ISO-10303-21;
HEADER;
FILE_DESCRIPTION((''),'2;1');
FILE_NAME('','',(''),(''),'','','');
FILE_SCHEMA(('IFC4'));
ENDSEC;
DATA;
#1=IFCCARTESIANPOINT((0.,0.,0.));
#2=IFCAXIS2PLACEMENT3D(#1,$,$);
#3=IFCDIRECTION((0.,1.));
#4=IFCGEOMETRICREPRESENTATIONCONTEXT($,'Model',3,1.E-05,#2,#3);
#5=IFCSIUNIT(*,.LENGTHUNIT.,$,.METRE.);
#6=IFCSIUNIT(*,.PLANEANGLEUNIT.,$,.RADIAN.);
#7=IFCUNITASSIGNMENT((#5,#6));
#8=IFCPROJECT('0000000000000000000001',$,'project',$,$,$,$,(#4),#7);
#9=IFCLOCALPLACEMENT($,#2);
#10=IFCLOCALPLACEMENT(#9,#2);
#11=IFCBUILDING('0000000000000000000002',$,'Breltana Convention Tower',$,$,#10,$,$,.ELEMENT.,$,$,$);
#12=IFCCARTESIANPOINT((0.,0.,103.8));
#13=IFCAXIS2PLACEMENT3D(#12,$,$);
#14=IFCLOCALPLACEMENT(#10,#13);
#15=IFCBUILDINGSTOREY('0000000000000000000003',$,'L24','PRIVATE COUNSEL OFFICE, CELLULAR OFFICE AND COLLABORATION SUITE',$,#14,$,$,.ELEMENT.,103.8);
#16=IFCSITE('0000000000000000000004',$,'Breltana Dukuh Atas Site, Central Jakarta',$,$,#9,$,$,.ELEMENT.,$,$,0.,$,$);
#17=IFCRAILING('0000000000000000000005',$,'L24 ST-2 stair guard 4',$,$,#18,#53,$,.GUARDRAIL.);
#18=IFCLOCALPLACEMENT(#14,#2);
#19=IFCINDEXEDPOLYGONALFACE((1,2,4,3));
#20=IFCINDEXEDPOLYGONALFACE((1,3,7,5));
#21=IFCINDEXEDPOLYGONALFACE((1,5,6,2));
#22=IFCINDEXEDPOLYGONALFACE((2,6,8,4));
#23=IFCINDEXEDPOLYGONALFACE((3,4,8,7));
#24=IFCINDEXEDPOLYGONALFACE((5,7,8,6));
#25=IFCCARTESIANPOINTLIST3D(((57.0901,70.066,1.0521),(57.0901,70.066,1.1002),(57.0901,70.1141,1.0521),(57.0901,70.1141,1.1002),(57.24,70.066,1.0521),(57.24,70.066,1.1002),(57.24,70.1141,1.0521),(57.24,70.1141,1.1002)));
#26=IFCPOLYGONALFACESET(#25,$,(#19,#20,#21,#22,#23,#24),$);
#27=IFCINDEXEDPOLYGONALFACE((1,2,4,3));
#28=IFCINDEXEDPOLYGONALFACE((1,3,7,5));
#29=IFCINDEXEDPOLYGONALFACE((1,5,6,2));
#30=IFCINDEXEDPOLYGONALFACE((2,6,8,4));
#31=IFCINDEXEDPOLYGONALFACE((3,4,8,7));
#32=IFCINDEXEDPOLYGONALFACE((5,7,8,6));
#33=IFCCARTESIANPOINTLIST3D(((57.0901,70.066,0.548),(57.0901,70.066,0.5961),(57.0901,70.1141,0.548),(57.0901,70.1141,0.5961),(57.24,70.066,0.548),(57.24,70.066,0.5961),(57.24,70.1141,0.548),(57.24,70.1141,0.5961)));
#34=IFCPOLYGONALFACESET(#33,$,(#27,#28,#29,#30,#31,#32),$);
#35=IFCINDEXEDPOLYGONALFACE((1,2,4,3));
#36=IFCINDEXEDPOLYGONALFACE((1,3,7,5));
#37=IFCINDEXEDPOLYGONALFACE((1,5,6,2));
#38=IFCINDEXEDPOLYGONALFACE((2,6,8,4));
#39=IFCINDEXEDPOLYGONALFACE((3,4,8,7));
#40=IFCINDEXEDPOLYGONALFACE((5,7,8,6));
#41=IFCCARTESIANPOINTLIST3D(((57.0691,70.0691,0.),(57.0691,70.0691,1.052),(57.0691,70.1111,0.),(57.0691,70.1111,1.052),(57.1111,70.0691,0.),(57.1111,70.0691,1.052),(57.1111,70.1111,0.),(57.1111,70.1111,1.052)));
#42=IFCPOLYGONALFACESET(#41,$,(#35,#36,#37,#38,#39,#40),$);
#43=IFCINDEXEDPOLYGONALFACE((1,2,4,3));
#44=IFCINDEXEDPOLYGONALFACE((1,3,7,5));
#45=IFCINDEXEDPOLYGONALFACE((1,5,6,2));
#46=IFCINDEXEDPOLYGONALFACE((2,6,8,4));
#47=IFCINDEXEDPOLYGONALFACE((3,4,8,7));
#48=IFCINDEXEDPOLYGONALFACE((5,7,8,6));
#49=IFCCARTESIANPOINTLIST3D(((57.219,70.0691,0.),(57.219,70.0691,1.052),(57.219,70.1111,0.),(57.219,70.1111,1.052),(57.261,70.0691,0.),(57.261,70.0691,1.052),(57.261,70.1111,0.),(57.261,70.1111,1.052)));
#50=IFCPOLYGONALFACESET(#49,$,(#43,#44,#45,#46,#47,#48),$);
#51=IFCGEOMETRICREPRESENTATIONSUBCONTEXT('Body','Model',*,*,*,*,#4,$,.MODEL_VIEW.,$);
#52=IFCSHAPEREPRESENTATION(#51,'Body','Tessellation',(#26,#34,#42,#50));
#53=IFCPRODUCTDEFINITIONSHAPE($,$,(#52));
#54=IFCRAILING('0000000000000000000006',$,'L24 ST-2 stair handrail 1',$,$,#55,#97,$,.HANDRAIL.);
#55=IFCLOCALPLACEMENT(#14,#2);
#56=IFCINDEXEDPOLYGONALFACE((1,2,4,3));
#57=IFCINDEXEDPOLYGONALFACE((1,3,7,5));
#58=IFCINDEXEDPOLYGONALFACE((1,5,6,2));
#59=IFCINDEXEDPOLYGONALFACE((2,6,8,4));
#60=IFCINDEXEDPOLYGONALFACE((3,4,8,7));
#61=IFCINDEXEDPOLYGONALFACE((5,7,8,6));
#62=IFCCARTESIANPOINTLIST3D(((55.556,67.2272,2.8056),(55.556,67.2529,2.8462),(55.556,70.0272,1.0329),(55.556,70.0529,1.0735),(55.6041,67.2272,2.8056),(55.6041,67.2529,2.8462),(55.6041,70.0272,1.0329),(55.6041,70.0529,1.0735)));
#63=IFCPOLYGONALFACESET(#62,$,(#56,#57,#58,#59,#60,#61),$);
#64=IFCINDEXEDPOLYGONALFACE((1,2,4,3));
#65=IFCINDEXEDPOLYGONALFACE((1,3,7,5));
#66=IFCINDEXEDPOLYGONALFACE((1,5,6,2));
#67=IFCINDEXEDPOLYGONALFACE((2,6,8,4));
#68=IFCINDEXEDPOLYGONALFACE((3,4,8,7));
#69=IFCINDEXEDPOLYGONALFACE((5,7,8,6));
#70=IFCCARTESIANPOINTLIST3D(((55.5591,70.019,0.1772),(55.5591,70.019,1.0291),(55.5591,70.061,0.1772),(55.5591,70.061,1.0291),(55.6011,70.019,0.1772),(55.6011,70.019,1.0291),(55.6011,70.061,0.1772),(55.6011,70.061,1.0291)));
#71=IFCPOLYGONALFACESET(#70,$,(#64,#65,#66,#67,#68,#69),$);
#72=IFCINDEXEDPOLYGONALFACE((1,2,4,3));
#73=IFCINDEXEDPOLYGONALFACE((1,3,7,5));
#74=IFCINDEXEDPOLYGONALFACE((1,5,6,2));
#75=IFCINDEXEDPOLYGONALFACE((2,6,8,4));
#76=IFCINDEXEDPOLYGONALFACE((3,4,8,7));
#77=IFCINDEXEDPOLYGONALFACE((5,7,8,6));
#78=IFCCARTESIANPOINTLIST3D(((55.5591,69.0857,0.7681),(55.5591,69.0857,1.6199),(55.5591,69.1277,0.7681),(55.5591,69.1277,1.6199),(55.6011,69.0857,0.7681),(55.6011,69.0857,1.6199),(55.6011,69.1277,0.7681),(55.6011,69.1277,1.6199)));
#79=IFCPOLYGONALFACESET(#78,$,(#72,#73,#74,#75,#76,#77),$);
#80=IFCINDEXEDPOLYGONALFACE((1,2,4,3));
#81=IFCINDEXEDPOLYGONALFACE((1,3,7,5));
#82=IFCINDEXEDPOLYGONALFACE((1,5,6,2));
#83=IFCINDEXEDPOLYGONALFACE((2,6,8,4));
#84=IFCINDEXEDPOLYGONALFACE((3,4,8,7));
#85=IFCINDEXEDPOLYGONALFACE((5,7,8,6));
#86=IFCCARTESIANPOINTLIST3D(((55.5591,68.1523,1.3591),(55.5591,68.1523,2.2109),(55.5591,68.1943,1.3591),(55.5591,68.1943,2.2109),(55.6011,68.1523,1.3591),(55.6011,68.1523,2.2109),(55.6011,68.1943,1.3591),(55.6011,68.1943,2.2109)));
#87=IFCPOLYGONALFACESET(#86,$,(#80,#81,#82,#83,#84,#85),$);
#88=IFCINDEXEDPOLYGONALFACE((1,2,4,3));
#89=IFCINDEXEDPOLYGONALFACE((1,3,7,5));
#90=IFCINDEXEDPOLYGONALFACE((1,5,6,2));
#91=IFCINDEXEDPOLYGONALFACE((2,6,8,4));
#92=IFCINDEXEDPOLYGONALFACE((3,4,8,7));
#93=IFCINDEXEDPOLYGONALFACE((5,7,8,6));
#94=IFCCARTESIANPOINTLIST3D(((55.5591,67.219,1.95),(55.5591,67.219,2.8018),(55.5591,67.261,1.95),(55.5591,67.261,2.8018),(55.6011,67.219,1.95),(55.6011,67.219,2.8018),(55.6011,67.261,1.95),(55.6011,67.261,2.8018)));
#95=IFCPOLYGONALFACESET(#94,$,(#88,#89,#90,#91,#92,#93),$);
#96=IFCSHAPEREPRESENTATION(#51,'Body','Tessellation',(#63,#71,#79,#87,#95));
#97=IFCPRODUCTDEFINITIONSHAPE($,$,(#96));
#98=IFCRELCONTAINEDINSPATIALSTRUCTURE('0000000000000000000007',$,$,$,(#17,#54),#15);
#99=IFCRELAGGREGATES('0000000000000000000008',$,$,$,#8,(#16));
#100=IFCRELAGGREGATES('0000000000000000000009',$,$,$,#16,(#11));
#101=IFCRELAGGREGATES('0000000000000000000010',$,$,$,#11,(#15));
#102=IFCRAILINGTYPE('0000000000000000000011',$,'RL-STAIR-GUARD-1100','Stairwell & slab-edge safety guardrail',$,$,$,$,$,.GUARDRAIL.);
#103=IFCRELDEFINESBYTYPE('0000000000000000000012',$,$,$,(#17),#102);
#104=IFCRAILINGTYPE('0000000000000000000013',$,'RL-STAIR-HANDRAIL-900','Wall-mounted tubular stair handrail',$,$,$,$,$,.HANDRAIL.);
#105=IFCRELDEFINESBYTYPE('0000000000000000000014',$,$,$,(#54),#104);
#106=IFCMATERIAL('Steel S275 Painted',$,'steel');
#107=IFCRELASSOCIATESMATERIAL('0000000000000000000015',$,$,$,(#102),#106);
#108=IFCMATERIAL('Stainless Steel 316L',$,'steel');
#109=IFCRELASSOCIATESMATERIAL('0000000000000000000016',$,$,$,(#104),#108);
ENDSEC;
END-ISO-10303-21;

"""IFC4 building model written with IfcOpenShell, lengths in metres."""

from ifc_helpers import new_model, si_unit, direction, frame, origin, origin_2d, place, context, subcontext, project, spatial, rectangle, extrude, material, type_object, element, save


model = new_model("IFC4")

# Units and contexts
model_context = context("Model", 3, precision=1e-05, world=origin(), true_north=direction((0.0, 1.0)))
body_context = subcontext(model_context, "Body", "Model", "MODEL_VIEW")
ifc_project = project(units=[si_unit("LENGTHUNIT", "METRE"), si_unit("PLANEANGLEUNIT", "RADIAN")], contexts=[model_context])

# Site, building, storey
site_placement = place(None, origin())
site = spatial("IfcSite", under=ifc_project, at=site_placement, Name="Breltana Dukuh Atas Site, Central Jakarta", CompositionType="ELEMENT", RefElevation=0.0)
building_placement = place(site_placement, origin())
building = spatial("IfcBuilding", under=site, at=building_placement, Name="Breltana Convention Tower", CompositionType="ELEMENT")
storey_placement = place(building_placement, frame((0.0, 0.0, 103.8)))
storey = spatial("IfcBuildingStorey", under=building, at=storey_placement, Name="L24", Description="PRIVATE COUNSEL OFFICE, CELLULAR OFFICE AND COLLABORATION SUITE", CompositionType="ELEMENT", Elevation=103.8)

# Railings
ifc_material_1 = material(Name="Steel S275 Painted", Category="steel")
railing_type_1 = type_object("IfcRailingType", Name="RL-STAIR-GUARD-1100", Description="Stairwell & slab-edge safety guardrail", PredefinedType="GUARDRAIL", material=ifc_material_1)
railing_1_placement = place(storey_placement, frame((57.0901, 70.0901, 0.0)))
element("IfcRailing", 1, at=railing_1_placement, inside=storey, type_object=railing_type_1, Name="L24 ST-2 stair guard 4", PredefinedType="GUARDRAIL", context=body_context, shape_type="SweptSolid", body=[
    extrude(rectangle(XDim=0.0481, YDim=0.0481, at=origin_2d()), frame((0.0, 0.0, 1.0762), z_axis=(1.0, 0.0, 0.0), x_axis=(0.0, 1.0, 0.0)), (0.0, 0.0, 1.0), 0.1499),
    extrude(rectangle(XDim=0.0481, YDim=0.0481, at=origin_2d()), frame((0.0, 0.0, 0.572), z_axis=(1.0, 0.0, 0.0), x_axis=(0.0, 1.0, 0.0)), (0.0, 0.0, 1.0), 0.1499),
    extrude(rectangle(XDim=0.042, YDim=0.042, at=origin_2d()), origin(), (0.0, 0.0, 1.0), 1.052),
    extrude(rectangle(XDim=0.042, YDim=0.042, at=origin_2d()), frame((0.1499, 0.0, 0.0)), (0.0, 0.0, 1.0), 1.052),
])
ifc_material_2 = material(Name="Stainless Steel 316L", Category="steel")
railing_type_2 = type_object("IfcRailingType", Name="RL-STAIR-HANDRAIL-900", Description="Wall-mounted tubular stair handrail", PredefinedType="HANDRAIL", material=ifc_material_2)
railing_2_placement = place(storey_placement, frame((55.5801, 70.04, 0.1772)))
element("IfcRailing", 2, at=railing_2_placement, inside=storey, type_object=railing_type_2, Name="L24 ST-2 stair handrail 1", PredefinedType="HANDRAIL", context=body_context, shape_type="SweptSolid", body=[
    extrude(rectangle(XDim=0.0481, YDim=0.0481, at=origin_2d()), frame((0.0, 0.0, 0.876), z_axis=(0.0, -0.844909, 0.53491), x_axis=(1.0, 0.0, 0.0)), (0.0, 0.0, 1.0), 3.314),
    extrude(rectangle(XDim=0.042, YDim=0.042, at=origin_2d()), origin(), (0.0, 0.0, 1.0), 0.8518),
    extrude(rectangle(XDim=0.042, YDim=0.042, at=origin_2d()), frame((0.0, -0.9333, 0.5908)), (0.0, 0.0, 1.0), 0.8518),
    extrude(rectangle(XDim=0.042, YDim=0.042, at=origin_2d()), frame((0.0, -1.8667, 1.1819)), (0.0, 0.0, 1.0), 0.8518),
    extrude(rectangle(XDim=0.042, YDim=0.042, at=origin_2d()), frame((0.0, -2.8, 1.7727)), (0.0, 0.0, 1.0), 0.8518),
])

save(model, "model.ifc")
